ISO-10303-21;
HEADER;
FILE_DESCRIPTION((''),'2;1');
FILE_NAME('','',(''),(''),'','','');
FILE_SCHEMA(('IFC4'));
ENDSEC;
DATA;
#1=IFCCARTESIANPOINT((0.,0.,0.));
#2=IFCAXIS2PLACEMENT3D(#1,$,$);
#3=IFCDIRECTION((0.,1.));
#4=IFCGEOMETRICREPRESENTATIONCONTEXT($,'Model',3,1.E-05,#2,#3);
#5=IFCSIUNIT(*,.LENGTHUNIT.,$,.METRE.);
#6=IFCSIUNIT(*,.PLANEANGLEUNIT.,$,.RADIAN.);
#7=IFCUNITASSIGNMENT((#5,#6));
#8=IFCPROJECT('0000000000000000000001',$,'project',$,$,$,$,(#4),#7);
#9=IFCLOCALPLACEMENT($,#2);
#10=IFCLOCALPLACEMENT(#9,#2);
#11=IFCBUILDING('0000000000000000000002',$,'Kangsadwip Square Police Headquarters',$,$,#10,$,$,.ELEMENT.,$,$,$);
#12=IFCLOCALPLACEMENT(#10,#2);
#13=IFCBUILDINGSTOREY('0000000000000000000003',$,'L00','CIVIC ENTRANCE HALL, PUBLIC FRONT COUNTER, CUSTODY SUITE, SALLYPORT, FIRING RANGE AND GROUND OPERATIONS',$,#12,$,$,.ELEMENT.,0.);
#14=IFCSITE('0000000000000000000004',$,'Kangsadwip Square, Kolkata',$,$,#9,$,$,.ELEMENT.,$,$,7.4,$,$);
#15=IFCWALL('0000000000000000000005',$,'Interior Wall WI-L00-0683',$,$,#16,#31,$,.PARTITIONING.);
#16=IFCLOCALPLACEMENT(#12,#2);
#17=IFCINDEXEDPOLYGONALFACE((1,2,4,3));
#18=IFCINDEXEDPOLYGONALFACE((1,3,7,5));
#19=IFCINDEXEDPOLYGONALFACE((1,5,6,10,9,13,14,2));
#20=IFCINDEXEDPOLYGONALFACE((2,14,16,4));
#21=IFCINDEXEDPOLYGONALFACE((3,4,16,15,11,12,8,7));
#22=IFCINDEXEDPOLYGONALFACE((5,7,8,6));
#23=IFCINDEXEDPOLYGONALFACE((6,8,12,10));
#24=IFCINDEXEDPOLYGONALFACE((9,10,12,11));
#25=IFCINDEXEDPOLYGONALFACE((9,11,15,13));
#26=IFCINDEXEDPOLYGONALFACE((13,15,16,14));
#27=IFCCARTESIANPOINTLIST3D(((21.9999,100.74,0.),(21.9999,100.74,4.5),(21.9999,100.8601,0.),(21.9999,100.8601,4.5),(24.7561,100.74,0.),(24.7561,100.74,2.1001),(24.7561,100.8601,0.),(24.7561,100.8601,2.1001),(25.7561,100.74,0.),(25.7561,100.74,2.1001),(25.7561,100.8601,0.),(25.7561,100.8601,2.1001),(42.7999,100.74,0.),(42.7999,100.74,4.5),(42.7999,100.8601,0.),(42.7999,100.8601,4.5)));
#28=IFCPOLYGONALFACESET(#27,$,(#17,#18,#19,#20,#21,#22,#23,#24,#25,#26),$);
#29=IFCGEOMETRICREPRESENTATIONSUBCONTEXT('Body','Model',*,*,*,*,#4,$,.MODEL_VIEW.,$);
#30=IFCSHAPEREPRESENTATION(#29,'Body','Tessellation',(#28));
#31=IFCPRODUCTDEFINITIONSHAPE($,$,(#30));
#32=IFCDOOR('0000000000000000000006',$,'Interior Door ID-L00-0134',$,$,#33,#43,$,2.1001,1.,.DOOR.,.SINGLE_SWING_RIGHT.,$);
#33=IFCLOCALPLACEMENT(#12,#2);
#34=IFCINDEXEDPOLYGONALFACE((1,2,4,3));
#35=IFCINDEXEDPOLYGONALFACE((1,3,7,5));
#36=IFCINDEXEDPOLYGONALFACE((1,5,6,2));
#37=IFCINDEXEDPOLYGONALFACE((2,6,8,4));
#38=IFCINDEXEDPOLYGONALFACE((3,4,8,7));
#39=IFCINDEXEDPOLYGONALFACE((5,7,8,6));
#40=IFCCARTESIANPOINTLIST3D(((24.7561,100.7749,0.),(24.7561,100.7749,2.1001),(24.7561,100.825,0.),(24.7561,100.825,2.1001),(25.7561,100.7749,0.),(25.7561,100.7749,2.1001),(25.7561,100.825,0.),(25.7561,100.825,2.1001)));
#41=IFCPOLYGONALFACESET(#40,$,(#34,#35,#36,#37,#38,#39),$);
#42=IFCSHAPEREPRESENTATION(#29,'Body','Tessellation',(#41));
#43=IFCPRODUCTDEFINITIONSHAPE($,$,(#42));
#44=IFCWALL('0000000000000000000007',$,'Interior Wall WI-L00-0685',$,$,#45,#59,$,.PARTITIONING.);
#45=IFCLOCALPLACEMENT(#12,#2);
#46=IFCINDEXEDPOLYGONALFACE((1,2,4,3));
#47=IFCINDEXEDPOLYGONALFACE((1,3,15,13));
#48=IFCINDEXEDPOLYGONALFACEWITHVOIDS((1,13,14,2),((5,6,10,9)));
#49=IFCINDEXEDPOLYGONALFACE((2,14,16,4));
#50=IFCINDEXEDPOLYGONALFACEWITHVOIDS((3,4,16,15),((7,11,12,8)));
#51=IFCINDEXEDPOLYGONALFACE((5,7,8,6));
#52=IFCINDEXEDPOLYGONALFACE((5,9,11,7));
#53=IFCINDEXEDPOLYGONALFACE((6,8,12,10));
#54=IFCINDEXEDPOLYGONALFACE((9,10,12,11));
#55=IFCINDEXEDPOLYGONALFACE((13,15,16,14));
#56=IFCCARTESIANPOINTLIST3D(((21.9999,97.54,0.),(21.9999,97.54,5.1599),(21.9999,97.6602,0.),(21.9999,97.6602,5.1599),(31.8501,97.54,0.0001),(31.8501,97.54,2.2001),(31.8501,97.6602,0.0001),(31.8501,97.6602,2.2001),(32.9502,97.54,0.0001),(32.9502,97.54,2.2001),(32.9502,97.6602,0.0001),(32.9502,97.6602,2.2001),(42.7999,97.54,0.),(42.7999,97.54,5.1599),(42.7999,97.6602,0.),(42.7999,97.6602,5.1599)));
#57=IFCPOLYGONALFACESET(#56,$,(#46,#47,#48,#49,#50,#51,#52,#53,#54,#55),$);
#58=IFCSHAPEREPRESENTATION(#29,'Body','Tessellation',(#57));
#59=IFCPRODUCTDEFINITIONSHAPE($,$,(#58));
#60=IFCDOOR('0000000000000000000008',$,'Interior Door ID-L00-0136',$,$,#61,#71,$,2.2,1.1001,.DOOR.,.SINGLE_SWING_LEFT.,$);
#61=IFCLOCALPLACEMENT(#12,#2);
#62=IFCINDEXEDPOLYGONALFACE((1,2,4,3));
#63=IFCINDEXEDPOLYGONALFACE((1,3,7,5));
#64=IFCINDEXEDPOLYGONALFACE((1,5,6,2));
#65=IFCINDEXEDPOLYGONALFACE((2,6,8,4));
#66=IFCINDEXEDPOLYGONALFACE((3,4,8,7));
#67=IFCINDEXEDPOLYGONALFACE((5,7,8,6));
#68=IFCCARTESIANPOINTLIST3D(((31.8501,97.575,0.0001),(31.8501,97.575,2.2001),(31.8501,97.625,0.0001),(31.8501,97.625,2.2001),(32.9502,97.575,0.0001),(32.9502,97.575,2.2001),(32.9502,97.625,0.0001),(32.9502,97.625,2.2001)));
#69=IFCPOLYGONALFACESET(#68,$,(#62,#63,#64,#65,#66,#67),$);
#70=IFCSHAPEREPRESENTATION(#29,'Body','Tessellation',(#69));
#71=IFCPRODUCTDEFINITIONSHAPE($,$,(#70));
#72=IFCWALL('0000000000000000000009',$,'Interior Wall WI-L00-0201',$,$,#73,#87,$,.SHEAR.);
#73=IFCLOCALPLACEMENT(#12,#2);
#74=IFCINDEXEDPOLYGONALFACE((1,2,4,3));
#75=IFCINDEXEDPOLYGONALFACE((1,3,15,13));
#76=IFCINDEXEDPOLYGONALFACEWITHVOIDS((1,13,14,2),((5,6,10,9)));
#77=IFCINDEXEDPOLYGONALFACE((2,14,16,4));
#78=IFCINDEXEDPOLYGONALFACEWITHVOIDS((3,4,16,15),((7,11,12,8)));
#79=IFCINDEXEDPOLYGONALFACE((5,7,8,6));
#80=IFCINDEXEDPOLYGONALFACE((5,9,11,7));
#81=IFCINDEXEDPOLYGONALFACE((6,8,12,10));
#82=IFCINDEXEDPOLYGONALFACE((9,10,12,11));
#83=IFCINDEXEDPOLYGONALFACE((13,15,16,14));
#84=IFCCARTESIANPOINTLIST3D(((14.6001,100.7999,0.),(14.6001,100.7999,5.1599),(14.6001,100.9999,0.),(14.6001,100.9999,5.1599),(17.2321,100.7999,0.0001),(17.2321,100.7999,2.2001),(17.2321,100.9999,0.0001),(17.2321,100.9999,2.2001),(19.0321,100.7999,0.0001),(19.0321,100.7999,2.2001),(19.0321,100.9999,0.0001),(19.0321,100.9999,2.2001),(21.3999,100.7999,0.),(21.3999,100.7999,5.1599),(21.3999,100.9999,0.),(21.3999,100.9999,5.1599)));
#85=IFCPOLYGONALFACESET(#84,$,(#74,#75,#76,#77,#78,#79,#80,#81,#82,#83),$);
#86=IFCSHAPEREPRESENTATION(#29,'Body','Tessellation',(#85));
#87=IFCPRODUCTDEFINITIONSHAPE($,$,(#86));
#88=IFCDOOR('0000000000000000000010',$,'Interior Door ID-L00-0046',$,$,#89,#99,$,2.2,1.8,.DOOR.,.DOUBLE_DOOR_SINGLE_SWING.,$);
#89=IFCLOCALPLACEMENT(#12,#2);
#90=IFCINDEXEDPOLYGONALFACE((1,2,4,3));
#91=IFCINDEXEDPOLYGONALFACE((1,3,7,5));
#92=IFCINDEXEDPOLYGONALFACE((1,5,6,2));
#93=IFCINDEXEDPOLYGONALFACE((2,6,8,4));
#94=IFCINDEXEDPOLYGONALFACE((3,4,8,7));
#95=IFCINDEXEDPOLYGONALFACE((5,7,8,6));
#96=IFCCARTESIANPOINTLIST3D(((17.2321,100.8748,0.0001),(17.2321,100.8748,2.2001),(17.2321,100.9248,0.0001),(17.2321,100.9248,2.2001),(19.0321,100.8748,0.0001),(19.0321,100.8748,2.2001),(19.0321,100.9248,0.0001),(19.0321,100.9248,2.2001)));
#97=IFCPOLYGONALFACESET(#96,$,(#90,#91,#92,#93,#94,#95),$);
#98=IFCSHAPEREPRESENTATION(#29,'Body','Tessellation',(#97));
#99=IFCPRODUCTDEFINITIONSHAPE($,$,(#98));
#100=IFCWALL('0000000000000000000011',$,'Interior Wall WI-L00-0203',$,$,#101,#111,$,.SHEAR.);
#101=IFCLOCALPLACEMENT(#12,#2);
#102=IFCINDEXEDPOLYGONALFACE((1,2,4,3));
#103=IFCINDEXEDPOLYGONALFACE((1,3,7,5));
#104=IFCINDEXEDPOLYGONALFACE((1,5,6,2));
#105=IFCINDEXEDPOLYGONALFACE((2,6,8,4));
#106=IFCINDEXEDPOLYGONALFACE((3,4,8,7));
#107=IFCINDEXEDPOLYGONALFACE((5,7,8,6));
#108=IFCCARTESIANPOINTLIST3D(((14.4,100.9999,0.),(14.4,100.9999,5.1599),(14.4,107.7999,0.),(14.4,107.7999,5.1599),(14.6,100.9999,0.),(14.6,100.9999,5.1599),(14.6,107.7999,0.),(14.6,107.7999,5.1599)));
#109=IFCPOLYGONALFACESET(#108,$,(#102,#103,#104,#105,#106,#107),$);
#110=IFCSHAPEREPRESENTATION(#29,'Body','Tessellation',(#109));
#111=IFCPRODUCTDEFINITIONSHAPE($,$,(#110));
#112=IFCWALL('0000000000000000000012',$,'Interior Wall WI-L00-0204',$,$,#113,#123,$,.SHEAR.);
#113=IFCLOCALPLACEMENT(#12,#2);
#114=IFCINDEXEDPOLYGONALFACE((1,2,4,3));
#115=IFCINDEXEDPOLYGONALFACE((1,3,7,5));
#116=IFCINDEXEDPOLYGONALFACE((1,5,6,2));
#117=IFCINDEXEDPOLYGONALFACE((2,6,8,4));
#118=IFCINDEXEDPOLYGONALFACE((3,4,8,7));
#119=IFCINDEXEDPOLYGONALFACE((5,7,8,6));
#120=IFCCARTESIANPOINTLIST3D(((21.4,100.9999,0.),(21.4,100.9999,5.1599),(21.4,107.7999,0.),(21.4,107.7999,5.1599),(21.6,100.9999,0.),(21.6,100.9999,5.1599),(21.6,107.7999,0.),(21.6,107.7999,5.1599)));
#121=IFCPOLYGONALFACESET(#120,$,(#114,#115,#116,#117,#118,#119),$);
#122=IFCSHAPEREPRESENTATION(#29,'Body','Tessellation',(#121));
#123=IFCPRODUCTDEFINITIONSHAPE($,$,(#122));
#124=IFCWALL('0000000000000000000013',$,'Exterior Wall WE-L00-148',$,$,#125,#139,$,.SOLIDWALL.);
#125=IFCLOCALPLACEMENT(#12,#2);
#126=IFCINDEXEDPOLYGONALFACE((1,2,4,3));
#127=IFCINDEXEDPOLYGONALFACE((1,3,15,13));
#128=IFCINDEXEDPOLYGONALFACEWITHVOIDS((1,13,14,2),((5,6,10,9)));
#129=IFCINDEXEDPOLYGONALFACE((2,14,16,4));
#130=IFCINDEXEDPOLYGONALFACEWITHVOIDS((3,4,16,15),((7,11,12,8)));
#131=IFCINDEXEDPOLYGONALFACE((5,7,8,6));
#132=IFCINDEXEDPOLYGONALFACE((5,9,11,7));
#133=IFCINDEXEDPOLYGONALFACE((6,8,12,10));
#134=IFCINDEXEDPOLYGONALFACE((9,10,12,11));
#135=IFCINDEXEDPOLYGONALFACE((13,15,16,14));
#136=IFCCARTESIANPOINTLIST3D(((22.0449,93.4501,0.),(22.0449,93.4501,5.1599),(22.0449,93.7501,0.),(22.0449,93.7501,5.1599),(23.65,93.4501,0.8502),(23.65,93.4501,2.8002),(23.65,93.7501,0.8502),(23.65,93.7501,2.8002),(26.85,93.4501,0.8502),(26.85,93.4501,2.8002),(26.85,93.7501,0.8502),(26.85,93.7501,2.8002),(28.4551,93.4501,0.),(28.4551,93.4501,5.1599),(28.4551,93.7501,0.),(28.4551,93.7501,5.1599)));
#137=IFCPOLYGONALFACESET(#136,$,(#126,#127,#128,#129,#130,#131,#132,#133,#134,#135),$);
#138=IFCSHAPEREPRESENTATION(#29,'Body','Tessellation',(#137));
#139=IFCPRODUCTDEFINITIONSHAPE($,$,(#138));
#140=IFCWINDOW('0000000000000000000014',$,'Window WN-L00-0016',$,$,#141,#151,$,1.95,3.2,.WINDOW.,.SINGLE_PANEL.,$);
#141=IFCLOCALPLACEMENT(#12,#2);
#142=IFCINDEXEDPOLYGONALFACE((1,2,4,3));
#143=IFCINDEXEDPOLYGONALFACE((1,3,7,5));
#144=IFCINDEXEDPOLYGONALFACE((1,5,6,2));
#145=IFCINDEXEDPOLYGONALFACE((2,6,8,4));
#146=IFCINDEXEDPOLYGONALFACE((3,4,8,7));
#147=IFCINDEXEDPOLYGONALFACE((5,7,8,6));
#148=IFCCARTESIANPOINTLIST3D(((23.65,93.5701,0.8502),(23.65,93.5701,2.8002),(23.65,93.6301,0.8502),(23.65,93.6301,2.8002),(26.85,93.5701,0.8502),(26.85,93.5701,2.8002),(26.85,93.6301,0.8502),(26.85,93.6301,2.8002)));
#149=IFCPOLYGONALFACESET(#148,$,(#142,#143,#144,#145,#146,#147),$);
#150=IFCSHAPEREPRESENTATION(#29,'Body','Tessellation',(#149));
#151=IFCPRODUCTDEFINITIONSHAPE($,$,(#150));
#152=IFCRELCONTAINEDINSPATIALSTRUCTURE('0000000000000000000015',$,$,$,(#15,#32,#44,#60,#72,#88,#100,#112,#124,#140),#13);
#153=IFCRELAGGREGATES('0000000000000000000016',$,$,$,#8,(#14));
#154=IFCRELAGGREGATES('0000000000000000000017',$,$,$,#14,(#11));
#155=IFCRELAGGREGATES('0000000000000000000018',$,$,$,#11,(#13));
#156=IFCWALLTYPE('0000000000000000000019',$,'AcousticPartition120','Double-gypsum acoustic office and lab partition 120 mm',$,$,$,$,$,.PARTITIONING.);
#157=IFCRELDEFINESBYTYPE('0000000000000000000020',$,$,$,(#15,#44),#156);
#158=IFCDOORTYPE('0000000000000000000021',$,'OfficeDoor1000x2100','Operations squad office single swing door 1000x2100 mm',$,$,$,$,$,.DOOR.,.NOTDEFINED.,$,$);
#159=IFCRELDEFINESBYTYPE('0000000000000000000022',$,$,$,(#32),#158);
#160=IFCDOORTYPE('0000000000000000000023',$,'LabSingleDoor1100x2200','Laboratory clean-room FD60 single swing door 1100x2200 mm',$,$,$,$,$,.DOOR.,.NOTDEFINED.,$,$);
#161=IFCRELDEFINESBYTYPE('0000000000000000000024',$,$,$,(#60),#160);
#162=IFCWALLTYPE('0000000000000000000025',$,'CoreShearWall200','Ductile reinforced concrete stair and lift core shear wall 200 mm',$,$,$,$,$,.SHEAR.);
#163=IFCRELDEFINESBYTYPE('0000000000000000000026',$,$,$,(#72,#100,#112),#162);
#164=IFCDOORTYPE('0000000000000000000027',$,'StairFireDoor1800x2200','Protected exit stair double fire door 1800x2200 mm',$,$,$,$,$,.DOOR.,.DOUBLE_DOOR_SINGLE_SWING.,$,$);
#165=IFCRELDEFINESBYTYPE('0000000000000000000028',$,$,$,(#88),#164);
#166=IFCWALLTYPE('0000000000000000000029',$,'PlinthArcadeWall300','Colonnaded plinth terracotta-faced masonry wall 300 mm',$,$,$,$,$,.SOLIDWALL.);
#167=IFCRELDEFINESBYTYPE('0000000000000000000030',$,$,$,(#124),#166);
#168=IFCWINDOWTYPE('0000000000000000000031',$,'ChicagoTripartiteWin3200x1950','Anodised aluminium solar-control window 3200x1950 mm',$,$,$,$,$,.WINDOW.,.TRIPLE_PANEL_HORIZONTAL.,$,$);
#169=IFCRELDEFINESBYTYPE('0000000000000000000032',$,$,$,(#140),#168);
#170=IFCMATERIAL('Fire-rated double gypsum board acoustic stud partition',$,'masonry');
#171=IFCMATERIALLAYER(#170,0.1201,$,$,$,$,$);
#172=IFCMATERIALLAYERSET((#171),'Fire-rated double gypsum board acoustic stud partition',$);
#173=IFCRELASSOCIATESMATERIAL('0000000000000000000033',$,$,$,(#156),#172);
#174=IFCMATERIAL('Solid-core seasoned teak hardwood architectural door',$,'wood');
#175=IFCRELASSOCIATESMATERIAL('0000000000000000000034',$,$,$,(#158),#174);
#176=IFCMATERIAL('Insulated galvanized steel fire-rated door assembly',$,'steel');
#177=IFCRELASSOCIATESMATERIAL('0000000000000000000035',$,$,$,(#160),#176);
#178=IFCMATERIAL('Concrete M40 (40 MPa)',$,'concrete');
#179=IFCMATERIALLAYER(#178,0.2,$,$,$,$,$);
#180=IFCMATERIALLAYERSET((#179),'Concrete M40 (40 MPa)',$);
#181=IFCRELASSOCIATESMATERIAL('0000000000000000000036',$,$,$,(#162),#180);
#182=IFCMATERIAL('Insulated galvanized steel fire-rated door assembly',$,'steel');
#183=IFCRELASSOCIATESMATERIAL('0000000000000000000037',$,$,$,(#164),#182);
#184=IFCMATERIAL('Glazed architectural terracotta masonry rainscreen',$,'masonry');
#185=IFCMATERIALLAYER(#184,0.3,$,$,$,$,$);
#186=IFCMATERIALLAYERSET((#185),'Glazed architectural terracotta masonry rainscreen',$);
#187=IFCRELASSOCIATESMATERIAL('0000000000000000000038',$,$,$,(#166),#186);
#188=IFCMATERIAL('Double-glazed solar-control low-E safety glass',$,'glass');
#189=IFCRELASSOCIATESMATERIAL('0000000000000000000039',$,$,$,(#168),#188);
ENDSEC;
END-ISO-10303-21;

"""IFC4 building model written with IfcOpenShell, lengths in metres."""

from ifc_helpers import new_model, si_unit, direction, frame, frame_2d, origin, place, context, subcontext, project, spatial, rectangle, extrude, material, layer, layer_set, type_object, element, fill, save


model = new_model("IFC4")

# Units and contexts
model_context = context("Model", 3, precision=1e-05, world=origin(), true_north=direction((0.0, 1.0)))
body_context = subcontext(model_context, "Body", "Model", "MODEL_VIEW")
ifc_project = project(units=[si_unit("LENGTHUNIT", "METRE"), si_unit("PLANEANGLEUNIT", "RADIAN")], contexts=[model_context])

# Site, building, storey
site_placement = place(None, origin())
site = spatial("IfcSite", under=ifc_project, at=site_placement, Name="Kangsadwip Square, Kolkata", CompositionType="ELEMENT", RefElevation=7.4)
building_placement = place(site_placement, origin())
building = spatial("IfcBuilding", under=site, at=building_placement, Name="Kangsadwip Square Police Headquarters", CompositionType="ELEMENT")
storey_placement = place(building_placement, origin())
storey = spatial("IfcBuildingStorey", under=building, at=storey_placement, Name="L00", Description="CIVIC ENTRANCE HALL, PUBLIC FRONT COUNTER, CUSTODY SUITE, SALLYPORT, FIRING RANGE AND GROUND OPERATIONS", CompositionType="ELEMENT", Elevation=0.0)

# Walls, openings, doors
ifc_material_1 = material(Name="Fire-rated double gypsum board acoustic stud partition", Category="masonry")
ifc_layer_1 = layer(ifc_material_1, 0.1201)
ifc_layer_set_1 = layer_set([ifc_layer_1], Name="Fire-rated double gypsum board acoustic stud partition")
wall_type_1 = type_object("IfcWallType", Name="AcousticPartition120", Description="Double-gypsum acoustic office and lab partition 120 mm", PredefinedType="PARTITIONING", material=ifc_layer_set_1)
wall_1_placement = place(storey_placement, frame((22.0, 100.8, 0.0), z_axis=(0.0, 0.0, 1.0), x_axis=(1.0, 0.0, 0.0)))
wall_1 = element("IfcWall", 1, at=wall_1_placement, inside=storey, type_object=wall_type_1, Name="Interior Wall WI-L00-0683", PredefinedType="PARTITIONING", context=body_context, shape_type="SweptSolid", body=[
    extrude(rectangle(XDim=20.8, YDim=0.1201, at=frame_2d((10.3999, 0.0))), origin(), (0.0, 0.0, 1.0), 4.5),
])
opening_1_placement = place(wall_1_placement, frame((2.7561, 0.0, 0.0)))
opening_1 = element("IfcOpeningElement", 2, at=opening_1_placement, cuts=wall_1, PredefinedType="OPENING", context=body_context, shape_type="SweptSolid", body=[
    extrude(rectangle(XDim=1.0, YDim=2.1001, at=frame_2d((0.5, 1.05))), frame((0.0, 0.0701, 0.0), z_axis=(0.0, -1.0, 0.0), x_axis=(1.0, 0.0, 0.0)), (0.0, 0.0, 1.0), 0.1401),
])
ifc_material_2 = material(Name="Solid-core seasoned teak hardwood architectural door", Category="wood")
door_type_1 = type_object("IfcDoorType", Name="OfficeDoor1000x2100", Description="Operations squad office single swing door 1000x2100 mm", OperationType="NOTDEFINED", PredefinedType="DOOR", material=ifc_material_2)
door_1_placement = place(opening_1_placement, origin())
door_1 = element("IfcDoor", 3, at=door_1_placement, inside=storey, type_object=door_type_1, Name="Interior Door ID-L00-0134", OperationType="SINGLE_SWING_RIGHT", OverallHeight=2.1001, OverallWidth=1.0, PredefinedType="DOOR", context=body_context, shape_type="SweptSolid", body=[
    extrude(rectangle(XDim=1.0, YDim=2.1001, at=frame_2d((0.5, 1.05))), frame((0.0, 0.0249, 0.0), z_axis=(0.0, -1.0, 0.0), x_axis=(1.0, 0.0, 0.0)), (0.0, 0.0, 1.0), 0.05),
])
fill(opening_1, door_1)
wall_2_placement = place(storey_placement, frame((22.0, 97.6001, 0.0), z_axis=(0.0, 0.0, 1.0), x_axis=(1.0, 0.0, 0.0)))
wall_2 = element("IfcWall", 4, at=wall_2_placement, inside=storey, type_object=wall_type_1, Name="Interior Wall WI-L00-0685", PredefinedType="PARTITIONING", context=body_context, shape_type="SweptSolid", body=[
    extrude(rectangle(XDim=20.8, YDim=0.1201, at=frame_2d((10.3999, 0.0))), origin(), (0.0, 0.0, 1.0), 5.1599),
])
opening_2_placement = place(wall_2_placement, frame((9.8501, 0.0, 0.0)))
opening_2 = element("IfcOpeningElement", 5, at=opening_2_placement, cuts=wall_2, PredefinedType="OPENING", context=body_context, shape_type="SweptSolid", body=[
    extrude(rectangle(XDim=1.1001, YDim=2.2, at=frame_2d((0.55, 1.1001))), frame((0.0, 0.0701, 0.0), z_axis=(0.0, -1.0, 0.0), x_axis=(1.0, 0.0, 0.0)), (0.0, 0.0, 1.0), 0.1401),
])
ifc_material_3 = material(Name="Insulated galvanized steel fire-rated door assembly", Category="steel")
door_type_2 = type_object("IfcDoorType", Name="LabSingleDoor1100x2200", Description="Laboratory clean-room FD60 single swing door 1100x2200 mm", OperationType="NOTDEFINED", PredefinedType="DOOR", material=ifc_material_3)
door_2_placement = place(opening_2_placement, origin())
door_2 = element("IfcDoor", 6, at=door_2_placement, inside=storey, type_object=door_type_2, Name="Interior Door ID-L00-0136", OperationType="SINGLE_SWING_LEFT", OverallHeight=2.2, OverallWidth=1.1001, PredefinedType="DOOR", context=body_context, shape_type="SweptSolid", body=[
    extrude(rectangle(XDim=1.1001, YDim=2.2, at=frame_2d((0.55, 1.1001))), frame((0.0, 0.0249, 0.0), z_axis=(0.0, -1.0, 0.0), x_axis=(1.0, 0.0, 0.0)), (0.0, 0.0, 1.0), 0.05),
])
fill(opening_2, door_2)
ifc_material_4 = material(Name="Concrete M40 (40 MPa)", Category="concrete")
ifc_layer_2 = layer(ifc_material_4, 0.2)
ifc_layer_set_2 = layer_set([ifc_layer_2], Name="Concrete M40 (40 MPa)")
wall_type_2 = type_object("IfcWallType", Name="CoreShearWall200", Description="Ductile reinforced concrete stair and lift core shear wall 200 mm", PredefinedType="SHEAR", material=ifc_layer_set_2)
wall_3_placement = place(storey_placement, frame((14.6001, 100.8999, 0.0), z_axis=(0.0, 0.0, 1.0), x_axis=(1.0, 0.0, 0.0)))
wall_3 = element("IfcWall", 7, at=wall_3_placement, inside=storey, type_object=wall_type_2, Name="Interior Wall WI-L00-0201", PredefinedType="SHEAR", context=body_context, shape_type="SweptSolid", body=[
    extrude(rectangle(XDim=6.7998, YDim=0.2, at=frame_2d((3.3999, 0.0))), origin(), (0.0, 0.0, 1.0), 5.1599),
])
opening_3_placement = place(wall_3_placement, frame((2.6321, 0.0, 0.0)))
opening_3 = element("IfcOpeningElement", 8, at=opening_3_placement, cuts=wall_3, PredefinedType="OPENING", context=body_context, shape_type="SweptSolid", body=[
    extrude(rectangle(XDim=1.8, YDim=2.2, at=frame_2d((0.8999, 1.1001))), frame((0.0, 0.1099, 0.0), z_axis=(0.0, -1.0, 0.0), x_axis=(1.0, 0.0, 0.0)), (0.0, 0.0, 1.0), 0.22),
])
ifc_material_5 = material(Name="Insulated galvanized steel fire-rated door assembly", Category="steel")
door_type_3 = type_object("IfcDoorType", Name="StairFireDoor1800x2200", Description="Protected exit stair double fire door 1800x2200 mm", OperationType="DOUBLE_DOOR_SINGLE_SWING", PredefinedType="DOOR", material=ifc_material_5)
door_3_placement = place(opening_3_placement, origin())
door_3 = element("IfcDoor", 9, at=door_3_placement, inside=storey, type_object=door_type_3, Name="Interior Door ID-L00-0046", OperationType="DOUBLE_DOOR_SINGLE_SWING", OverallHeight=2.2, OverallWidth=1.8, PredefinedType="DOOR", context=body_context, shape_type="SweptSolid", body=[
    extrude(rectangle(XDim=1.8, YDim=2.2, at=frame_2d((0.8999, 1.1001))), frame((0.0, 0.0249, 0.0), z_axis=(0.0, -1.0, 0.0), x_axis=(1.0, 0.0, 0.0)), (0.0, 0.0, 1.0), 0.05),
])
fill(opening_3, door_3)

# Walls
for number, where, z_axis, x_axis, name in (
    (10, (14.5, 101.0, 0.0), (0.0, 0.0, 1.0), (0.0, 1.0, 0.0), "Interior Wall WI-L00-0203"),
    (11, (21.5, 101.0, 0.0), (0.0, 0.0, 1.0), (0.0, 1.0, 0.0), "Interior Wall WI-L00-0204"),
):
    element("IfcWall", number, at=place(storey_placement, frame(where, z_axis=z_axis, x_axis=x_axis)), inside=storey, type_object=wall_type_2, Name=name, PredefinedType="SHEAR", context=body_context, shape_type="SweptSolid", body=[
        extrude(rectangle(XDim=6.8, YDim=0.2, at=frame_2d((3.3999, 0.0))), origin(), (0.0, 0.0, 1.0), 5.1599),
    ])

# Wall, opening, window
ifc_material_6 = material(Name="Glazed architectural terracotta masonry rainscreen", Category="masonry")
ifc_layer_3 = layer(ifc_material_6, 0.3)
ifc_layer_set_3 = layer_set([ifc_layer_3], Name="Glazed architectural terracotta masonry rainscreen")
wall_type_3 = type_object("IfcWallType", Name="PlinthArcadeWall300", Description="Colonnaded plinth terracotta-faced masonry wall 300 mm", PredefinedType="SOLIDWALL", material=ifc_layer_set_3)
wall_4_placement = place(storey_placement, frame((22.0449, 93.6001, 0.0), z_axis=(0.0, 0.0, 1.0), x_axis=(1.0, 0.0, 0.0)))
wall_4 = element("IfcWall", 12, at=wall_4_placement, inside=storey, type_object=wall_type_3, Name="Exterior Wall WE-L00-148", PredefinedType="SOLIDWALL", context=body_context, shape_type="SweptSolid", body=[
    extrude(rectangle(XDim=6.4102, YDim=0.3, at=frame_2d((3.2051, 0.0))), origin(), (0.0, 0.0, 1.0), 5.1599),
])
opening_4_placement = place(wall_4_placement, frame((1.605, 0.0, 0.8501)))
opening_4 = element("IfcOpeningElement", 13, at=opening_4_placement, cuts=wall_4, PredefinedType="OPENING", context=body_context, shape_type="SweptSolid", body=[
    extrude(rectangle(XDim=3.2, YDim=1.95, at=frame_2d((1.6001, 0.9751))), frame((0.0, 0.1599, 0.0), z_axis=(0.0, -1.0, 0.0), x_axis=(1.0, 0.0, 0.0)), (0.0, 0.0, 1.0), 0.3201),
])
ifc_material_7 = material(Name="Double-glazed solar-control low-E safety glass", Category="glass")
window_type = type_object("IfcWindowType", Name="ChicagoTripartiteWin3200x1950", Description="Anodised aluminium solar-control window 3200x1950 mm", PartitioningType="TRIPLE_PANEL_HORIZONTAL", PredefinedType="WINDOW", material=ifc_material_7)
window_placement = place(opening_4_placement, origin())
window = element("IfcWindow", 14, at=window_placement, inside=storey, type_object=window_type, Name="Window WN-L00-0016", OverallHeight=1.95, OverallWidth=3.2, PartitioningType="SINGLE_PANEL", PredefinedType="WINDOW", context=body_context, shape_type="SweptSolid", body=[
    extrude(rectangle(XDim=3.2, YDim=1.95, at=frame_2d((1.6001, 0.9751))), frame((0.0, 0.03, 0.0), z_axis=(0.0, -1.0, 0.0), x_axis=(1.0, 0.0, 0.0)), (0.0, 0.0, 1.0), 0.0601),
])
fill(opening_4, window)

save(model, "model.ifc")
